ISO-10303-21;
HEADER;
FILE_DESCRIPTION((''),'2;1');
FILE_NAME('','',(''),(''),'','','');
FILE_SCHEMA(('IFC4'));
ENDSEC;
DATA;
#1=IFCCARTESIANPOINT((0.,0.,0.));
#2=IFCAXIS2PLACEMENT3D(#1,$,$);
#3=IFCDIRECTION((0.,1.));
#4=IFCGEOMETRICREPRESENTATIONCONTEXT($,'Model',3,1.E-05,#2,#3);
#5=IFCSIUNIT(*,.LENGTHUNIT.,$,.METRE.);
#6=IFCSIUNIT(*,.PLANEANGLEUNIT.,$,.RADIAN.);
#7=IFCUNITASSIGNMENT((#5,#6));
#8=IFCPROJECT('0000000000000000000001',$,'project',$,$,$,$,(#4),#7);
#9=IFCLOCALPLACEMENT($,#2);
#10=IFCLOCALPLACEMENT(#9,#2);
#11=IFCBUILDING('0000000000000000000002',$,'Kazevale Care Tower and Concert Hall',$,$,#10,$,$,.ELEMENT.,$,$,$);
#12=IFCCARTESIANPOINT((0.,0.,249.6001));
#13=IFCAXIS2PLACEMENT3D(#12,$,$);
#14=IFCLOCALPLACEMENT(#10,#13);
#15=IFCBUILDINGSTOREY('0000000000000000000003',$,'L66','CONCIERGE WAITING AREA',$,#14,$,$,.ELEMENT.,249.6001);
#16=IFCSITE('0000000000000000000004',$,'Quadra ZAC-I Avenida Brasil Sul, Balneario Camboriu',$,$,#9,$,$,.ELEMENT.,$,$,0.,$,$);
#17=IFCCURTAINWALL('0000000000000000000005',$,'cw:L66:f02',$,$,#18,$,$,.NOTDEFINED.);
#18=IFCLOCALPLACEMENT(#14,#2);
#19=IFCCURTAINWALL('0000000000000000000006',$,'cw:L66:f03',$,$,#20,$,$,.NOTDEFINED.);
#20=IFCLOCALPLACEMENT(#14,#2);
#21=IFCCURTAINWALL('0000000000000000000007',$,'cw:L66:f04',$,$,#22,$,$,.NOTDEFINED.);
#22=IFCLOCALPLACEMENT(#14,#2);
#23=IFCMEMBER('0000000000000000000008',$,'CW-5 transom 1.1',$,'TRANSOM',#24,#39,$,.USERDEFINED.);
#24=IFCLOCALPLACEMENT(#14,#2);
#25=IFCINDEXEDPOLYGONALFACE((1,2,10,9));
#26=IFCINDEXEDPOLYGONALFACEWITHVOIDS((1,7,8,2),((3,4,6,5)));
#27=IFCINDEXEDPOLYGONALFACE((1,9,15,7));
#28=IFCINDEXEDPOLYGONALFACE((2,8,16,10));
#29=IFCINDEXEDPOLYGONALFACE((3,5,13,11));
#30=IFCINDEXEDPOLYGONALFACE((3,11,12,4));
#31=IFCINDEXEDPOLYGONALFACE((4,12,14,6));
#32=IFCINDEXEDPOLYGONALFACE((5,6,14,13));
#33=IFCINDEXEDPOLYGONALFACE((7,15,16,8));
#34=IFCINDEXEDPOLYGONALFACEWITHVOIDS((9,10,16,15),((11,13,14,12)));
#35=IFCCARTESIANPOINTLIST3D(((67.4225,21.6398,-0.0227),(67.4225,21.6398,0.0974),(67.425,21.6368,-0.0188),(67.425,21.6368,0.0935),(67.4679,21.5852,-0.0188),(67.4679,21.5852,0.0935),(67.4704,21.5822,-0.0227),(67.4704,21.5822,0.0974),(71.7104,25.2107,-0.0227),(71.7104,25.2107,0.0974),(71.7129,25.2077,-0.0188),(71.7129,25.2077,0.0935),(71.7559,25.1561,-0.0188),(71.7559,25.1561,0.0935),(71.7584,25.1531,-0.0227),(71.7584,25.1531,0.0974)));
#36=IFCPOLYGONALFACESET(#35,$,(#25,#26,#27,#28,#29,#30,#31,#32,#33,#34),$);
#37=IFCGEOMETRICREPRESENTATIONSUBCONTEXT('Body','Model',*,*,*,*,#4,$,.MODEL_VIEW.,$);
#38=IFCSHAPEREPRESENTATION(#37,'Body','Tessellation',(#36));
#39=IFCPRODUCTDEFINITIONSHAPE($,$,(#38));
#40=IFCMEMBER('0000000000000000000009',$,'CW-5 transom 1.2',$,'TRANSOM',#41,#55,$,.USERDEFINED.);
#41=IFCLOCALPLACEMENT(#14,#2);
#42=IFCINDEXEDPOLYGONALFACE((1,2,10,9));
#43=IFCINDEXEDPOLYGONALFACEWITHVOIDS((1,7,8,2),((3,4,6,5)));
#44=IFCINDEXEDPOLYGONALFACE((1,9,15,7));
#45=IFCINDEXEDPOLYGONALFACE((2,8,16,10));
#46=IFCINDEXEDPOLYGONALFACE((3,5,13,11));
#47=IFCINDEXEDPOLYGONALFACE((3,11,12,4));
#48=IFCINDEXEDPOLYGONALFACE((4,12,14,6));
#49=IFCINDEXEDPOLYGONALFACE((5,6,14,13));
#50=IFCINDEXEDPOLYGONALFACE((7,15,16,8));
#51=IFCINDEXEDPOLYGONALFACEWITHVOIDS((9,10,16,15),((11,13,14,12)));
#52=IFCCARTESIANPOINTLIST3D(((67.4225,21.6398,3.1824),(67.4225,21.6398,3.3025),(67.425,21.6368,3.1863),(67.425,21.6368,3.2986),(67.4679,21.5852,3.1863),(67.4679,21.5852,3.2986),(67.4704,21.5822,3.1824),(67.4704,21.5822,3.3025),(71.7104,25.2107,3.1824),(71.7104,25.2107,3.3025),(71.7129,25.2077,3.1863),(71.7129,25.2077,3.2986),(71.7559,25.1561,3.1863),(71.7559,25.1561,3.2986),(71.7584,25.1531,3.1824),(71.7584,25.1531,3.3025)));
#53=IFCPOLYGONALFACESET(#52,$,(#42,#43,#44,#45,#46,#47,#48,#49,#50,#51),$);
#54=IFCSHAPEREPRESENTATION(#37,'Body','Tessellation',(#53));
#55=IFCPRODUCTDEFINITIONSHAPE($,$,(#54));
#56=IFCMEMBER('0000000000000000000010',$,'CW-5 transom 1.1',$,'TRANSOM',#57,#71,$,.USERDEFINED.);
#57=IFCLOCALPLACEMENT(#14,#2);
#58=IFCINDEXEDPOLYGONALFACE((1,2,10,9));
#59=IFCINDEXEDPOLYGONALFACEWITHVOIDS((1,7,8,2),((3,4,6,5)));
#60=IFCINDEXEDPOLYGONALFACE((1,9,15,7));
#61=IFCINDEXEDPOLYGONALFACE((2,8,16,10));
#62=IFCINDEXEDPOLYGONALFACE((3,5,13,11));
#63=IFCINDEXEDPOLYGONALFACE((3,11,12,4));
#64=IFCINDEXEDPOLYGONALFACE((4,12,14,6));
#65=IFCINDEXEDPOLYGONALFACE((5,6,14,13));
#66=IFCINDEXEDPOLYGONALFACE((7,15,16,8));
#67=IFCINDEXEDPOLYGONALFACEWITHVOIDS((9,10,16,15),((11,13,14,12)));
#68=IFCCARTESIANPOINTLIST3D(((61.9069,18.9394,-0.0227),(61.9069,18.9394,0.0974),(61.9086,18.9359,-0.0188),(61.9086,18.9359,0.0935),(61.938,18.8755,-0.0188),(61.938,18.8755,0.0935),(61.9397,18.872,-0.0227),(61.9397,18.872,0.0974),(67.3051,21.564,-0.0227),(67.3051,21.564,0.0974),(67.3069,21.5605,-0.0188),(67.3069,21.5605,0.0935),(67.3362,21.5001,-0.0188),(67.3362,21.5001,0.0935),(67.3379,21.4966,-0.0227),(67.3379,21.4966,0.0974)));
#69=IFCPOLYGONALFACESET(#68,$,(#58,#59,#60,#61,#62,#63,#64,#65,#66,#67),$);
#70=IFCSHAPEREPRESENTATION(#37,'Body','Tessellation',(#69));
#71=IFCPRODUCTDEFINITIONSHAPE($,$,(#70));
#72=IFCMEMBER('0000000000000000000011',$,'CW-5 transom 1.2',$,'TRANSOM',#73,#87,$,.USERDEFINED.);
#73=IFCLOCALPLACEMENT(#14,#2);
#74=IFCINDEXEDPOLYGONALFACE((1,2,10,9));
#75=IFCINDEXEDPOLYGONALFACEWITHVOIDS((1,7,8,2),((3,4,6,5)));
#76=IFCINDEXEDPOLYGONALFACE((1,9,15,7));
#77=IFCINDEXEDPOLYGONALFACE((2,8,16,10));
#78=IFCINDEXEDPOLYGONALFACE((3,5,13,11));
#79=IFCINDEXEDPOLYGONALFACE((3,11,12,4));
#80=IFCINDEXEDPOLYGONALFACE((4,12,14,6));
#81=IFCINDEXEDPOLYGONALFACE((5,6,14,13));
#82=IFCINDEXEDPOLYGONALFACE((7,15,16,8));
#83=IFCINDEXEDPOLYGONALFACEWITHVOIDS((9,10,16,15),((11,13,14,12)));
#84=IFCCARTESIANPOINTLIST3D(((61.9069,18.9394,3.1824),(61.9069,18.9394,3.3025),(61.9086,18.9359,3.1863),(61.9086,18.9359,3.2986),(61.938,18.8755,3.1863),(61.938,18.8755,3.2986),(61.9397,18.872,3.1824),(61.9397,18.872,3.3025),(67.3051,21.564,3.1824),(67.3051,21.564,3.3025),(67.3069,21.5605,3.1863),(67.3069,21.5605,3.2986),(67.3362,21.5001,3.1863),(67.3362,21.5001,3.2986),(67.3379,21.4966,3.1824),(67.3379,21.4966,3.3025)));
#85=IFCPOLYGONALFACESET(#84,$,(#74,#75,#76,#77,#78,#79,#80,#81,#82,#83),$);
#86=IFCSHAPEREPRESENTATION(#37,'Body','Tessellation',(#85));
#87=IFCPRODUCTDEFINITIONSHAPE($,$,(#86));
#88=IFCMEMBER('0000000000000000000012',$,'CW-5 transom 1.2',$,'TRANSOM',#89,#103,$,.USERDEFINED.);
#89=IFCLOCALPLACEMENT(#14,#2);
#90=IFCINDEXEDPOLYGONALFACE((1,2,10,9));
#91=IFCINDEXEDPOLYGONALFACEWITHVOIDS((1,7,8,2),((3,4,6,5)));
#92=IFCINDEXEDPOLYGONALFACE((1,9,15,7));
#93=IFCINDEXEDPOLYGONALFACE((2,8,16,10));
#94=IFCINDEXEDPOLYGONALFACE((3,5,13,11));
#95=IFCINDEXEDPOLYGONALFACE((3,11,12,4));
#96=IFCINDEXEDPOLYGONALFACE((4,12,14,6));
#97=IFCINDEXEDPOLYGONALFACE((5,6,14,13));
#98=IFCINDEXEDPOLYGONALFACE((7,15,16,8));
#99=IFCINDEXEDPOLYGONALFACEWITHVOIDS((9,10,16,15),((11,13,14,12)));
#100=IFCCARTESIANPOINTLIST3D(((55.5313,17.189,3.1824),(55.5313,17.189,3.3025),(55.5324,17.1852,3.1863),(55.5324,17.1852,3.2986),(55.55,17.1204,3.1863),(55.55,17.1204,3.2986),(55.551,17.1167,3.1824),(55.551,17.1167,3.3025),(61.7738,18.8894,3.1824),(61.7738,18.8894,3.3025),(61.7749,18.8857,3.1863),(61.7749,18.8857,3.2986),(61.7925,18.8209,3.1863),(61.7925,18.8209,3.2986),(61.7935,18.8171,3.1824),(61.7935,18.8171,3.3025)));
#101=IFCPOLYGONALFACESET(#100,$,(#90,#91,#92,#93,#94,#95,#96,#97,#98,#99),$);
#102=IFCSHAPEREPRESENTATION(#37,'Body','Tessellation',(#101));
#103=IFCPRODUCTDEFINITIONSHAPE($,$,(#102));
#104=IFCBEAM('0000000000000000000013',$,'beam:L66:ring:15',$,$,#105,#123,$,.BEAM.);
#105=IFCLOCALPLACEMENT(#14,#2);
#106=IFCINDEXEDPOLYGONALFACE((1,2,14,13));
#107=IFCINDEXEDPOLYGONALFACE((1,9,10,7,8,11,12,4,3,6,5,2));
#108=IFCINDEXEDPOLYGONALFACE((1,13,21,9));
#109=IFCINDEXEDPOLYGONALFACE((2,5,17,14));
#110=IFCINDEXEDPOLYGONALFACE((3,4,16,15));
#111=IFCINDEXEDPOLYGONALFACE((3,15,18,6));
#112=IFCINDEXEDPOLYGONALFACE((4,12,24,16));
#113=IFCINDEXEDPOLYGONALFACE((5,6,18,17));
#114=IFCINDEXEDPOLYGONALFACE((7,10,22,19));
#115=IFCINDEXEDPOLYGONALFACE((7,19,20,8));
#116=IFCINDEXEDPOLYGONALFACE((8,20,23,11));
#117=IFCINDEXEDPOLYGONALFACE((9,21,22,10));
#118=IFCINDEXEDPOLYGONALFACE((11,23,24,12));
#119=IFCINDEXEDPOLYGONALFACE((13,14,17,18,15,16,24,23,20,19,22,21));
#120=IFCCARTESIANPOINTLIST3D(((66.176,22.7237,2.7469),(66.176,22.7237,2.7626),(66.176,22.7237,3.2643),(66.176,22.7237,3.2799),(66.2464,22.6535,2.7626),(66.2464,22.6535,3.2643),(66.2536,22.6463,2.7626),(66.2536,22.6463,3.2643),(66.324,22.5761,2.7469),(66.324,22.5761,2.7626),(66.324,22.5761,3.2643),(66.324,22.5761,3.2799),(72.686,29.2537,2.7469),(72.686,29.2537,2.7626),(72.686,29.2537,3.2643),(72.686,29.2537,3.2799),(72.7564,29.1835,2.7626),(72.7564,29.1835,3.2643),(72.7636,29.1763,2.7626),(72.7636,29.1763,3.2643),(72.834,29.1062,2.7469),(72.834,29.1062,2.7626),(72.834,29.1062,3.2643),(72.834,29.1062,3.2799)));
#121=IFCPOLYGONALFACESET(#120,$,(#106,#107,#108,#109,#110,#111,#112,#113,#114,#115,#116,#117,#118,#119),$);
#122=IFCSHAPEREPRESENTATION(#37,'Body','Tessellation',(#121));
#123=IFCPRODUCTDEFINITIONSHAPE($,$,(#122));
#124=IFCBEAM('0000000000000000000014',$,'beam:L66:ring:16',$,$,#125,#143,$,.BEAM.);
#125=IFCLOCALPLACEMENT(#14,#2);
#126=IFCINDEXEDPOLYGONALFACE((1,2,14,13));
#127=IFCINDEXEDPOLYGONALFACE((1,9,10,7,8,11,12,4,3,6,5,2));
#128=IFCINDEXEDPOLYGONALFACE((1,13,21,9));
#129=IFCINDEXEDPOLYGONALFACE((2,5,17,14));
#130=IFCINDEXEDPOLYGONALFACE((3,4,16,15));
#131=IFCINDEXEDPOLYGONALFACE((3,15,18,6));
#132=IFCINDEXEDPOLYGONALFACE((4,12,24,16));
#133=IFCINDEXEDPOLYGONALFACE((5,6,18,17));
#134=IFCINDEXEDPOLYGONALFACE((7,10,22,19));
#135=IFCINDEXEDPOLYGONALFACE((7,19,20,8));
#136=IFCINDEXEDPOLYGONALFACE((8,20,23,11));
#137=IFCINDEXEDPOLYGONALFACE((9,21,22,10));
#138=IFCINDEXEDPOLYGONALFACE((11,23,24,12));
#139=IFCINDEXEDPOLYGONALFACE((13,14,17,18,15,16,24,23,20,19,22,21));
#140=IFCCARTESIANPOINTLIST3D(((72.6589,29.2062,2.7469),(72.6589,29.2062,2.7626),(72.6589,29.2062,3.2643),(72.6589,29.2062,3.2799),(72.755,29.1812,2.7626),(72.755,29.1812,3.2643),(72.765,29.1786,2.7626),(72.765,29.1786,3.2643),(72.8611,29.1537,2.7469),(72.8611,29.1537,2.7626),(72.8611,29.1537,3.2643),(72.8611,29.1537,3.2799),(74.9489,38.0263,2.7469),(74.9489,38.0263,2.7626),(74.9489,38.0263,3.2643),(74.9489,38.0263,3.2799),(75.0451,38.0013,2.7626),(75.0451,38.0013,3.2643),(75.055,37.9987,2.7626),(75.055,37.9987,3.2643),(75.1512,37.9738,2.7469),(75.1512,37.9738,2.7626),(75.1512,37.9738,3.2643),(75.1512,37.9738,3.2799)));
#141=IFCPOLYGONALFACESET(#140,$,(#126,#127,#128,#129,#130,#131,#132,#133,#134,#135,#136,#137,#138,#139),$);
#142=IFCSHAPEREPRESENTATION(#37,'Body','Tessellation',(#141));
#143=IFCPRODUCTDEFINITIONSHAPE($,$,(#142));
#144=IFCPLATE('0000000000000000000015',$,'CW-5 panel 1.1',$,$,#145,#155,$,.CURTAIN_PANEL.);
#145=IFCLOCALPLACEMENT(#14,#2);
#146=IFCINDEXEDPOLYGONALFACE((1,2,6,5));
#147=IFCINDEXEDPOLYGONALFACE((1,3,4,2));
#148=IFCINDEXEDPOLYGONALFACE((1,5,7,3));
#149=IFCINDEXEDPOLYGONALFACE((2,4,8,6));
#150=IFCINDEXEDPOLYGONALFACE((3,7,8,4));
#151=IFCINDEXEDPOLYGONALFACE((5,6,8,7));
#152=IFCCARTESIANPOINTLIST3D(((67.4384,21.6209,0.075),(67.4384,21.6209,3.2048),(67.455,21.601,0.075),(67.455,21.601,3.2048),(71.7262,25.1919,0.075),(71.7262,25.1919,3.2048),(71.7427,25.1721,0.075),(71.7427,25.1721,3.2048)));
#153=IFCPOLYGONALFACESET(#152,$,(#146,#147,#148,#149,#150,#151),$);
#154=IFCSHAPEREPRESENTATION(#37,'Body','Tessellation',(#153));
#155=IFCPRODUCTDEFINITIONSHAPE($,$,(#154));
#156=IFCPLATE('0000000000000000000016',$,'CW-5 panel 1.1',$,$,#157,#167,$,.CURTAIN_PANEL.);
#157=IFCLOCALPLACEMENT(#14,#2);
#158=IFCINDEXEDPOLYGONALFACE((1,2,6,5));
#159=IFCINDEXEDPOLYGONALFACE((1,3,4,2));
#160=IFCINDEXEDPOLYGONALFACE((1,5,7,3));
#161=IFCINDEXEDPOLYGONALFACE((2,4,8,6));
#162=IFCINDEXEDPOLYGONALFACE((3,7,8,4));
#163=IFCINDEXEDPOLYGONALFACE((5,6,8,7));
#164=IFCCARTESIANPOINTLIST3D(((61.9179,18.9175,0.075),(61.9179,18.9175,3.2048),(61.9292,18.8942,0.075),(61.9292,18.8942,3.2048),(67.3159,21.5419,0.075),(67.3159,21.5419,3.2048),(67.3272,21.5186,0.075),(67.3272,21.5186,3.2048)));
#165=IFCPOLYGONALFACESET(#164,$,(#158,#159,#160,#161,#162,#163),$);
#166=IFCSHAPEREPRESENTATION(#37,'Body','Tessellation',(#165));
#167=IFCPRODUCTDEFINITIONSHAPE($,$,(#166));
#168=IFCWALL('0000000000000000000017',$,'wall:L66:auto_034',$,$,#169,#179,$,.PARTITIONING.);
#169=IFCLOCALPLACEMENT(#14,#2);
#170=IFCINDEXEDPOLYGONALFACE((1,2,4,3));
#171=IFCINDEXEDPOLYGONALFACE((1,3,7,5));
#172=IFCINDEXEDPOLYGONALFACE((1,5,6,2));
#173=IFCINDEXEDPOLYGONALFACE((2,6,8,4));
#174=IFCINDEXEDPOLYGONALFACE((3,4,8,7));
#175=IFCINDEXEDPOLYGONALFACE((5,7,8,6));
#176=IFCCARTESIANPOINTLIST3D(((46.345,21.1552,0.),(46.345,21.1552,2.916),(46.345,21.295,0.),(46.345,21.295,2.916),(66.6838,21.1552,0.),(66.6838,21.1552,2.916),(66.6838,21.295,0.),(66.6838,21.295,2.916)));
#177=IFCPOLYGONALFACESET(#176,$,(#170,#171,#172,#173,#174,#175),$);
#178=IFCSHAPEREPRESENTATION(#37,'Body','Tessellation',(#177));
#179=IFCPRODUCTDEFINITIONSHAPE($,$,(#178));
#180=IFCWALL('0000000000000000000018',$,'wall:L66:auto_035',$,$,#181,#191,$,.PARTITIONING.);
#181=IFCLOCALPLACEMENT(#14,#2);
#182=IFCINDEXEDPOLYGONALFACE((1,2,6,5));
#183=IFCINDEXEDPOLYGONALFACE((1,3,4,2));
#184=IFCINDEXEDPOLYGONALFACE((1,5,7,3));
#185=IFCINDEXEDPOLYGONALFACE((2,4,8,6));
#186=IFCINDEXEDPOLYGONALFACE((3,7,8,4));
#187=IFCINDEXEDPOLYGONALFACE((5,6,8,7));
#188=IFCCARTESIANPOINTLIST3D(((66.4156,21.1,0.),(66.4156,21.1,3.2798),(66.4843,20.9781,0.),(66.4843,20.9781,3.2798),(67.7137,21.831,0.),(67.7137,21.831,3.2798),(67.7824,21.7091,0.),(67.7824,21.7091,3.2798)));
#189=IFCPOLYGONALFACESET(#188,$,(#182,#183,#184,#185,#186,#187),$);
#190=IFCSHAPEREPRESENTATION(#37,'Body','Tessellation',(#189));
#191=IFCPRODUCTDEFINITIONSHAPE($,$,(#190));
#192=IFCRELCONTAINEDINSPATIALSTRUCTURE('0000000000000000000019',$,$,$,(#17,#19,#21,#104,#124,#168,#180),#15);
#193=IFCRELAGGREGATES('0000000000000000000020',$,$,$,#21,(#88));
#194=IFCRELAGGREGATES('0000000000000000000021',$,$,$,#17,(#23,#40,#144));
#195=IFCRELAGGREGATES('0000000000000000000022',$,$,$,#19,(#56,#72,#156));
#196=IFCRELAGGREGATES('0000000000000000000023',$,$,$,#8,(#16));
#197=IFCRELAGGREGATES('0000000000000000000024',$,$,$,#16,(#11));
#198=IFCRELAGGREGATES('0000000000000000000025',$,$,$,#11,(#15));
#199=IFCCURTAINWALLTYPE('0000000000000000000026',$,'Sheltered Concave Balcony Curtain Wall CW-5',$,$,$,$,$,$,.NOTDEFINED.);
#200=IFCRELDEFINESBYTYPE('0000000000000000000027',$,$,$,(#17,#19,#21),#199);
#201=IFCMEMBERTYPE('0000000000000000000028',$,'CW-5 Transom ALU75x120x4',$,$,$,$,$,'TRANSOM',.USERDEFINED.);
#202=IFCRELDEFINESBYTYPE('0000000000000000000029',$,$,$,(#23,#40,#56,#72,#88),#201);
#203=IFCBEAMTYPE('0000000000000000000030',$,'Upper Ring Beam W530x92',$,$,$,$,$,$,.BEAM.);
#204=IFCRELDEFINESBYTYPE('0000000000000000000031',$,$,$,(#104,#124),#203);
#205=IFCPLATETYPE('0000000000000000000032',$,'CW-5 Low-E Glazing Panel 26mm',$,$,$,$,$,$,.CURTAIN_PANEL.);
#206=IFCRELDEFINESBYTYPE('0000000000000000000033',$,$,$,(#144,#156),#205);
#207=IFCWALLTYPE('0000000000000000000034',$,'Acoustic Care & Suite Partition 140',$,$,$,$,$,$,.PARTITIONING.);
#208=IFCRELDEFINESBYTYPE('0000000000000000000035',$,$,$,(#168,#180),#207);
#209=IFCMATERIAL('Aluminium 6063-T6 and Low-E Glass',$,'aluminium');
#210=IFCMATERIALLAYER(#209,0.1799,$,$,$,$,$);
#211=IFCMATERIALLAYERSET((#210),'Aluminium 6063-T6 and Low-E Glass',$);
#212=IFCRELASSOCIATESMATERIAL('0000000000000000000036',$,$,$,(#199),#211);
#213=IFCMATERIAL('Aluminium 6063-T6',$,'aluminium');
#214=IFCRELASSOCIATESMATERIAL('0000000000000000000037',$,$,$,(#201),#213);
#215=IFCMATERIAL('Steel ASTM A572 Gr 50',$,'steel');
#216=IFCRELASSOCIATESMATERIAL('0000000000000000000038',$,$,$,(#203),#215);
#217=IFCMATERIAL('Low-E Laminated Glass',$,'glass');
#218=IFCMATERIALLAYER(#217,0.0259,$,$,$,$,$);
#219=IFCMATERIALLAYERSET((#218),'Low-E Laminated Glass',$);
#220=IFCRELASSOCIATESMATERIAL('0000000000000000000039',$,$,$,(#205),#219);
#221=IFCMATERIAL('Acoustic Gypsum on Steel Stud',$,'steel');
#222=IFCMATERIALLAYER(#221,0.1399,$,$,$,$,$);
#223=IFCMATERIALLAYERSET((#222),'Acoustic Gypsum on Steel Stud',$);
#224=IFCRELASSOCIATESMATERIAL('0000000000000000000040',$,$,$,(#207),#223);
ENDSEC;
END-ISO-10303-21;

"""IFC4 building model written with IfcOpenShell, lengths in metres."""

from ifc_helpers import new_model, si_unit, direction, frame, frame_2d, origin, origin_2d, place, context, subcontext, project, spatial, rectangle, hollow_rectangle, i_section, extrude, material, layer, layer_set, material_profile, profile_set, type_object, element, aggregate, save


model = new_model("IFC4")

# Units and contexts
model_context = context("Model", 3, precision=1e-05, world=origin(), true_north=direction((0.0, 1.0)))
body_context = subcontext(model_context, "Body", "Model", "MODEL_VIEW")
ifc_project = project(units=[si_unit("LENGTHUNIT", "METRE"), si_unit("PLANEANGLEUNIT", "RADIAN")], contexts=[model_context])

# Site, building, storey
site_placement = place(None, origin())
site = spatial("IfcSite", under=ifc_project, at=site_placement, Name="Quadra ZAC-I Avenida Brasil Sul, Balneario Camboriu", CompositionType="ELEMENT", RefElevation=0.0)
building_placement = place(site_placement, origin())
building = spatial("IfcBuilding", under=site, at=building_placement, Name="Kazevale Care Tower and Concert Hall", CompositionType="ELEMENT")
storey_placement = place(building_placement, frame((0.0, 0.0, 249.6001)))
storey = spatial("IfcBuildingStorey", under=building, at=storey_placement, Name="L66", Description="CONCIERGE WAITING AREA", CompositionType="ELEMENT", Elevation=249.6001)

# Curtain walls
ifc_material_1 = material(Name="Aluminium 6063-T6 and Low-E Glass", Category="aluminium")
ifc_layer_1 = layer(ifc_material_1, 0.1799)
ifc_layer_set_1 = layer_set([ifc_layer_1], Name="Aluminium 6063-T6 and Low-E Glass")
curtain_wall_type = type_object("IfcCurtainWallType", Name="Sheltered Concave Balcony Curtain Wall CW-5", PredefinedType="NOTDEFINED", material=ifc_layer_set_1)
curtain_wall_1_placement = place(storey_placement, origin())
curtain_wall_1 = element("IfcCurtainWall", 1, at=curtain_wall_1_placement, inside=storey, type_object=curtain_wall_type, Name="cw:L66:f02", PredefinedType="NOTDEFINED")
ifc_material_2 = material(Name="Aluminium 6063-T6", Category="aluminium")
curtain_wall_2_placement = place(storey_placement, origin())
curtain_wall_2 = element("IfcCurtainWall", 2, at=curtain_wall_2_placement, inside=storey, type_object=curtain_wall_type, Name="cw:L66:f03", PredefinedType="NOTDEFINED")

# Curtain wall
curtain_wall_3_placement = place(storey_placement, origin())
curtain_wall_3 = element("IfcCurtainWall", 3, at=curtain_wall_3_placement, inside=storey, type_object=curtain_wall_type, Name="cw:L66:f04", PredefinedType="NOTDEFINED")

# Members
ifc_material_profile_1 = material_profile(ifc_material_2, hollow_rectangle(XDim=0.075, YDim=0.1201, WallThickness=0.0039, at=origin_2d()), Name="ALU75x120x4")
ifc_profile_set_1 = profile_set([ifc_material_profile_1], Name="Aluminium 6063-T6")
member_type_1 = type_object("IfcMemberType", Name="CW-5 Transom ALU75x120x4", ElementType="TRANSOM", PredefinedType="USERDEFINED", material=ifc_profile_set_1)
member_1_placement = place(storey_placement, frame((71.7344, 25.1819, 0.0374), z_axis=(-0.768433, -0.63993, 0.0), x_axis=(0.63993, -0.768433, 0.0)))
member_1 = element("IfcMember", 4, at=member_1_placement, type_object=member_type_1, Name="CW-5 transom 1.1", ObjectType="TRANSOM", PredefinedType="USERDEFINED", context=body_context, shape_type="SweptSolid", body=[
    extrude(hollow_rectangle(XDim=0.075, YDim=0.1201, WallThickness=0.0039, at=origin_2d()), origin(), (0.0, 0.0, 1.0), 5.5801),
])
member_2_placement = place(storey_placement, frame((71.7344, 25.1819, 3.2424), z_axis=(-0.768433, -0.63993, 0.0), x_axis=(0.63993, -0.768433, 0.0)))
member_2 = element("IfcMember", 5, at=member_2_placement, type_object=member_type_1, Name="CW-5 transom 1.2", ObjectType="TRANSOM", PredefinedType="USERDEFINED", context=body_context, shape_type="SweptSolid", body=[
    extrude(hollow_rectangle(XDim=0.075, YDim=0.1201, WallThickness=0.0039, at=origin_2d()), origin(), (0.0, 0.0, 1.0), 5.5801),
])
member_3_placement = place(storey_placement, frame((67.3215, 21.5303, 0.0374), z_axis=(-0.899342, -0.437245, 0.0), x_axis=(0.437245, -0.899342, 0.0)))
member_3 = element("IfcMember", 6, at=member_3_placement, type_object=member_type_1, Name="CW-5 transom 1.1", ObjectType="TRANSOM", PredefinedType="USERDEFINED", context=body_context, shape_type="SweptSolid", body=[
    extrude(hollow_rectangle(XDim=0.075, YDim=0.1201, WallThickness=0.0039, at=origin_2d()), origin(), (0.0, 0.0, 1.0), 6.0024),
])
member_4_placement = place(storey_placement, frame((67.3215, 21.5303, 3.2424), z_axis=(-0.899342, -0.437245, 0.0), x_axis=(0.437245, -0.899342, 0.0)))
member_4 = element("IfcMember", 7, at=member_4_placement, type_object=member_type_1, Name="CW-5 transom 1.2", ObjectType="TRANSOM", PredefinedType="USERDEFINED", context=body_context, shape_type="SweptSolid", body=[
    extrude(hollow_rectangle(XDim=0.075, YDim=0.1201, WallThickness=0.0039, at=origin_2d()), origin(), (0.0, 0.0, 1.0), 6.0024),
])
member_5_placement = place(storey_placement, frame((61.7837, 18.8533, 3.2424), z_axis=(-0.964844, -0.262824, 0.0), x_axis=(0.262824, -0.964844, 0.0)))
member_5 = element("IfcMember", 8, at=member_5_placement, type_object=member_type_1, Name="CW-5 transom 1.2", ObjectType="TRANSOM", PredefinedType="USERDEFINED", context=body_context, shape_type="SweptSolid", body=[
    extrude(hollow_rectangle(XDim=0.075, YDim=0.1201, WallThickness=0.0039, at=origin_2d()), origin(), (0.0, 0.0, 1.0), 6.47),
])
aggregate(curtain_wall_3, [member_5])

# Beams
ifc_material_3 = material(Name="Steel ASTM A572 Gr 50", Category="steel")
ifc_material_profile_2 = material_profile(ifc_material_3, i_section(OverallWidth=0.209, OverallDepth=0.533, WebThickness=0.0103, FlangeThickness=0.0156, at=origin_2d()), Name="W530x92")
ifc_profile_set_2 = profile_set([ifc_material_profile_2], Name="Steel ASTM A572 Gr 50")
beam_type = type_object("IfcBeamType", Name="Upper Ring Beam W530x92", PredefinedType="BEAM", material=ifc_profile_set_2)
beam_1_placement = place(storey_placement, frame((66.25, 22.6499, 3.0134), z_axis=(0.70602, 0.708192, 0.0), x_axis=(-0.708192, 0.70602, 0.0)))
element("IfcBeam", 9, at=beam_1_placement, inside=storey, type_object=beam_type, Name="beam:L66:ring:15", PredefinedType="BEAM", context=body_context, shape_type="SweptSolid", body=[
    extrude(i_section(OverallWidth=0.209, OverallDepth=0.533, WebThickness=0.0103, FlangeThickness=0.0156, at=origin_2d()), origin(), (0.0, 0.0, 1.0), 9.2207),
])
beam_2_placement = place(storey_placement, frame((72.76, 29.1799, 3.0134), z_axis=(0.251307, 0.967907, 0.0), x_axis=(-0.967907, 0.251307, 0.0)))
element("IfcBeam", 10, at=beam_2_placement, inside=storey, type_object=beam_type, Name="beam:L66:ring:16", PredefinedType="BEAM", context=body_context, shape_type="SweptSolid", body=[
    extrude(i_section(OverallWidth=0.209, OverallDepth=0.533, WebThickness=0.0103, FlangeThickness=0.0156, at=origin_2d()), origin(), (0.0, 0.0, 1.0), 9.1125),
])

# Plates
ifc_material_4 = material(Name="Low-E Laminated Glass", Category="glass")
ifc_layer_2 = layer(ifc_material_4, 0.0259)
ifc_layer_set_2 = layer_set([ifc_layer_2], Name="Low-E Laminated Glass")
plate_type = type_object("IfcPlateType", Name="CW-5 Low-E Glazing Panel 26mm", PredefinedType="CURTAIN_PANEL", material=ifc_layer_set_2)
plate_1_placement = place(storey_placement, frame((69.5906, 23.3965, 0.075), z_axis=(0.0, 0.0, 1.0), x_axis=(-0.768407, -0.639961, 0.0)))
plate_1 = element("IfcPlate", 11, at=plate_1_placement, type_object=plate_type, Name="CW-5 panel 1.1", PredefinedType="CURTAIN_PANEL", context=body_context, shape_type="SweptSolid", body=[
    extrude(rectangle(XDim=5.5801, YDim=0.0259, at=origin_2d()), origin(), (0.0, 0.0, 1.0), 3.1299),
])
aggregate(curtain_wall_1, [member_1, member_2, plate_1])
plate_2_placement = place(storey_placement, frame((64.6226, 20.218, 0.075), z_axis=(0.0, 0.0, 1.0), x_axis=(-0.899346, -0.437238, 0.0)))
plate_2 = element("IfcPlate", 12, at=plate_2_placement, type_object=plate_type, Name="CW-5 panel 1.1", PredefinedType="CURTAIN_PANEL", context=body_context, shape_type="SweptSolid", body=[
    extrude(rectangle(XDim=6.0022, YDim=0.0259, at=origin_2d()), origin(), (0.0, 0.0, 1.0), 3.1299),
])
aggregate(curtain_wall_2, [member_3, member_4, plate_2])

# Walls
ifc_material_5 = material(Name="Acoustic Gypsum on Steel Stud", Category="steel")
ifc_layer_3 = layer(ifc_material_5, 0.1399)
ifc_layer_set_3 = layer_set([ifc_layer_3], Name="Acoustic Gypsum on Steel Stud")
wall_type = type_object("IfcWallType", Name="Acoustic Care & Suite Partition 140", PredefinedType="PARTITIONING", material=ifc_layer_set_3)
wall_1_placement = place(storey_placement, frame((66.6838, 21.2251, 0.0), z_axis=(0.0, 0.0, 1.0), x_axis=(-1.0, 0.0, 0.0)))
element("IfcWall", 13, at=wall_1_placement, inside=storey, type_object=wall_type, Name="wall:L66:auto_034", PredefinedType="PARTITIONING", context=body_context, shape_type="SweptSolid", body=[
    extrude(rectangle(XDim=20.3389, YDim=0.1399, at=frame_2d((10.1694, 0.0))), origin(), (0.0, 0.0, 1.0), 2.916),
])
wall_2_placement = place(storey_placement, frame((67.748, 21.77, 0.0), z_axis=(0.0, 0.0, 1.0), x_axis=(-0.871352, -0.490658, 0.0)))
element("IfcWall", 14, at=wall_2_placement, inside=storey, type_object=wall_type, Name="wall:L66:auto_035", PredefinedType="PARTITIONING", context=body_context, shape_type="SweptSolid", body=[
    extrude(rectangle(XDim=1.4897, YDim=0.1399, at=frame_2d((0.7449, 0.0))), origin(), (0.0, 0.0, 1.0), 3.2798),
])

save(model, "model.ifc")
